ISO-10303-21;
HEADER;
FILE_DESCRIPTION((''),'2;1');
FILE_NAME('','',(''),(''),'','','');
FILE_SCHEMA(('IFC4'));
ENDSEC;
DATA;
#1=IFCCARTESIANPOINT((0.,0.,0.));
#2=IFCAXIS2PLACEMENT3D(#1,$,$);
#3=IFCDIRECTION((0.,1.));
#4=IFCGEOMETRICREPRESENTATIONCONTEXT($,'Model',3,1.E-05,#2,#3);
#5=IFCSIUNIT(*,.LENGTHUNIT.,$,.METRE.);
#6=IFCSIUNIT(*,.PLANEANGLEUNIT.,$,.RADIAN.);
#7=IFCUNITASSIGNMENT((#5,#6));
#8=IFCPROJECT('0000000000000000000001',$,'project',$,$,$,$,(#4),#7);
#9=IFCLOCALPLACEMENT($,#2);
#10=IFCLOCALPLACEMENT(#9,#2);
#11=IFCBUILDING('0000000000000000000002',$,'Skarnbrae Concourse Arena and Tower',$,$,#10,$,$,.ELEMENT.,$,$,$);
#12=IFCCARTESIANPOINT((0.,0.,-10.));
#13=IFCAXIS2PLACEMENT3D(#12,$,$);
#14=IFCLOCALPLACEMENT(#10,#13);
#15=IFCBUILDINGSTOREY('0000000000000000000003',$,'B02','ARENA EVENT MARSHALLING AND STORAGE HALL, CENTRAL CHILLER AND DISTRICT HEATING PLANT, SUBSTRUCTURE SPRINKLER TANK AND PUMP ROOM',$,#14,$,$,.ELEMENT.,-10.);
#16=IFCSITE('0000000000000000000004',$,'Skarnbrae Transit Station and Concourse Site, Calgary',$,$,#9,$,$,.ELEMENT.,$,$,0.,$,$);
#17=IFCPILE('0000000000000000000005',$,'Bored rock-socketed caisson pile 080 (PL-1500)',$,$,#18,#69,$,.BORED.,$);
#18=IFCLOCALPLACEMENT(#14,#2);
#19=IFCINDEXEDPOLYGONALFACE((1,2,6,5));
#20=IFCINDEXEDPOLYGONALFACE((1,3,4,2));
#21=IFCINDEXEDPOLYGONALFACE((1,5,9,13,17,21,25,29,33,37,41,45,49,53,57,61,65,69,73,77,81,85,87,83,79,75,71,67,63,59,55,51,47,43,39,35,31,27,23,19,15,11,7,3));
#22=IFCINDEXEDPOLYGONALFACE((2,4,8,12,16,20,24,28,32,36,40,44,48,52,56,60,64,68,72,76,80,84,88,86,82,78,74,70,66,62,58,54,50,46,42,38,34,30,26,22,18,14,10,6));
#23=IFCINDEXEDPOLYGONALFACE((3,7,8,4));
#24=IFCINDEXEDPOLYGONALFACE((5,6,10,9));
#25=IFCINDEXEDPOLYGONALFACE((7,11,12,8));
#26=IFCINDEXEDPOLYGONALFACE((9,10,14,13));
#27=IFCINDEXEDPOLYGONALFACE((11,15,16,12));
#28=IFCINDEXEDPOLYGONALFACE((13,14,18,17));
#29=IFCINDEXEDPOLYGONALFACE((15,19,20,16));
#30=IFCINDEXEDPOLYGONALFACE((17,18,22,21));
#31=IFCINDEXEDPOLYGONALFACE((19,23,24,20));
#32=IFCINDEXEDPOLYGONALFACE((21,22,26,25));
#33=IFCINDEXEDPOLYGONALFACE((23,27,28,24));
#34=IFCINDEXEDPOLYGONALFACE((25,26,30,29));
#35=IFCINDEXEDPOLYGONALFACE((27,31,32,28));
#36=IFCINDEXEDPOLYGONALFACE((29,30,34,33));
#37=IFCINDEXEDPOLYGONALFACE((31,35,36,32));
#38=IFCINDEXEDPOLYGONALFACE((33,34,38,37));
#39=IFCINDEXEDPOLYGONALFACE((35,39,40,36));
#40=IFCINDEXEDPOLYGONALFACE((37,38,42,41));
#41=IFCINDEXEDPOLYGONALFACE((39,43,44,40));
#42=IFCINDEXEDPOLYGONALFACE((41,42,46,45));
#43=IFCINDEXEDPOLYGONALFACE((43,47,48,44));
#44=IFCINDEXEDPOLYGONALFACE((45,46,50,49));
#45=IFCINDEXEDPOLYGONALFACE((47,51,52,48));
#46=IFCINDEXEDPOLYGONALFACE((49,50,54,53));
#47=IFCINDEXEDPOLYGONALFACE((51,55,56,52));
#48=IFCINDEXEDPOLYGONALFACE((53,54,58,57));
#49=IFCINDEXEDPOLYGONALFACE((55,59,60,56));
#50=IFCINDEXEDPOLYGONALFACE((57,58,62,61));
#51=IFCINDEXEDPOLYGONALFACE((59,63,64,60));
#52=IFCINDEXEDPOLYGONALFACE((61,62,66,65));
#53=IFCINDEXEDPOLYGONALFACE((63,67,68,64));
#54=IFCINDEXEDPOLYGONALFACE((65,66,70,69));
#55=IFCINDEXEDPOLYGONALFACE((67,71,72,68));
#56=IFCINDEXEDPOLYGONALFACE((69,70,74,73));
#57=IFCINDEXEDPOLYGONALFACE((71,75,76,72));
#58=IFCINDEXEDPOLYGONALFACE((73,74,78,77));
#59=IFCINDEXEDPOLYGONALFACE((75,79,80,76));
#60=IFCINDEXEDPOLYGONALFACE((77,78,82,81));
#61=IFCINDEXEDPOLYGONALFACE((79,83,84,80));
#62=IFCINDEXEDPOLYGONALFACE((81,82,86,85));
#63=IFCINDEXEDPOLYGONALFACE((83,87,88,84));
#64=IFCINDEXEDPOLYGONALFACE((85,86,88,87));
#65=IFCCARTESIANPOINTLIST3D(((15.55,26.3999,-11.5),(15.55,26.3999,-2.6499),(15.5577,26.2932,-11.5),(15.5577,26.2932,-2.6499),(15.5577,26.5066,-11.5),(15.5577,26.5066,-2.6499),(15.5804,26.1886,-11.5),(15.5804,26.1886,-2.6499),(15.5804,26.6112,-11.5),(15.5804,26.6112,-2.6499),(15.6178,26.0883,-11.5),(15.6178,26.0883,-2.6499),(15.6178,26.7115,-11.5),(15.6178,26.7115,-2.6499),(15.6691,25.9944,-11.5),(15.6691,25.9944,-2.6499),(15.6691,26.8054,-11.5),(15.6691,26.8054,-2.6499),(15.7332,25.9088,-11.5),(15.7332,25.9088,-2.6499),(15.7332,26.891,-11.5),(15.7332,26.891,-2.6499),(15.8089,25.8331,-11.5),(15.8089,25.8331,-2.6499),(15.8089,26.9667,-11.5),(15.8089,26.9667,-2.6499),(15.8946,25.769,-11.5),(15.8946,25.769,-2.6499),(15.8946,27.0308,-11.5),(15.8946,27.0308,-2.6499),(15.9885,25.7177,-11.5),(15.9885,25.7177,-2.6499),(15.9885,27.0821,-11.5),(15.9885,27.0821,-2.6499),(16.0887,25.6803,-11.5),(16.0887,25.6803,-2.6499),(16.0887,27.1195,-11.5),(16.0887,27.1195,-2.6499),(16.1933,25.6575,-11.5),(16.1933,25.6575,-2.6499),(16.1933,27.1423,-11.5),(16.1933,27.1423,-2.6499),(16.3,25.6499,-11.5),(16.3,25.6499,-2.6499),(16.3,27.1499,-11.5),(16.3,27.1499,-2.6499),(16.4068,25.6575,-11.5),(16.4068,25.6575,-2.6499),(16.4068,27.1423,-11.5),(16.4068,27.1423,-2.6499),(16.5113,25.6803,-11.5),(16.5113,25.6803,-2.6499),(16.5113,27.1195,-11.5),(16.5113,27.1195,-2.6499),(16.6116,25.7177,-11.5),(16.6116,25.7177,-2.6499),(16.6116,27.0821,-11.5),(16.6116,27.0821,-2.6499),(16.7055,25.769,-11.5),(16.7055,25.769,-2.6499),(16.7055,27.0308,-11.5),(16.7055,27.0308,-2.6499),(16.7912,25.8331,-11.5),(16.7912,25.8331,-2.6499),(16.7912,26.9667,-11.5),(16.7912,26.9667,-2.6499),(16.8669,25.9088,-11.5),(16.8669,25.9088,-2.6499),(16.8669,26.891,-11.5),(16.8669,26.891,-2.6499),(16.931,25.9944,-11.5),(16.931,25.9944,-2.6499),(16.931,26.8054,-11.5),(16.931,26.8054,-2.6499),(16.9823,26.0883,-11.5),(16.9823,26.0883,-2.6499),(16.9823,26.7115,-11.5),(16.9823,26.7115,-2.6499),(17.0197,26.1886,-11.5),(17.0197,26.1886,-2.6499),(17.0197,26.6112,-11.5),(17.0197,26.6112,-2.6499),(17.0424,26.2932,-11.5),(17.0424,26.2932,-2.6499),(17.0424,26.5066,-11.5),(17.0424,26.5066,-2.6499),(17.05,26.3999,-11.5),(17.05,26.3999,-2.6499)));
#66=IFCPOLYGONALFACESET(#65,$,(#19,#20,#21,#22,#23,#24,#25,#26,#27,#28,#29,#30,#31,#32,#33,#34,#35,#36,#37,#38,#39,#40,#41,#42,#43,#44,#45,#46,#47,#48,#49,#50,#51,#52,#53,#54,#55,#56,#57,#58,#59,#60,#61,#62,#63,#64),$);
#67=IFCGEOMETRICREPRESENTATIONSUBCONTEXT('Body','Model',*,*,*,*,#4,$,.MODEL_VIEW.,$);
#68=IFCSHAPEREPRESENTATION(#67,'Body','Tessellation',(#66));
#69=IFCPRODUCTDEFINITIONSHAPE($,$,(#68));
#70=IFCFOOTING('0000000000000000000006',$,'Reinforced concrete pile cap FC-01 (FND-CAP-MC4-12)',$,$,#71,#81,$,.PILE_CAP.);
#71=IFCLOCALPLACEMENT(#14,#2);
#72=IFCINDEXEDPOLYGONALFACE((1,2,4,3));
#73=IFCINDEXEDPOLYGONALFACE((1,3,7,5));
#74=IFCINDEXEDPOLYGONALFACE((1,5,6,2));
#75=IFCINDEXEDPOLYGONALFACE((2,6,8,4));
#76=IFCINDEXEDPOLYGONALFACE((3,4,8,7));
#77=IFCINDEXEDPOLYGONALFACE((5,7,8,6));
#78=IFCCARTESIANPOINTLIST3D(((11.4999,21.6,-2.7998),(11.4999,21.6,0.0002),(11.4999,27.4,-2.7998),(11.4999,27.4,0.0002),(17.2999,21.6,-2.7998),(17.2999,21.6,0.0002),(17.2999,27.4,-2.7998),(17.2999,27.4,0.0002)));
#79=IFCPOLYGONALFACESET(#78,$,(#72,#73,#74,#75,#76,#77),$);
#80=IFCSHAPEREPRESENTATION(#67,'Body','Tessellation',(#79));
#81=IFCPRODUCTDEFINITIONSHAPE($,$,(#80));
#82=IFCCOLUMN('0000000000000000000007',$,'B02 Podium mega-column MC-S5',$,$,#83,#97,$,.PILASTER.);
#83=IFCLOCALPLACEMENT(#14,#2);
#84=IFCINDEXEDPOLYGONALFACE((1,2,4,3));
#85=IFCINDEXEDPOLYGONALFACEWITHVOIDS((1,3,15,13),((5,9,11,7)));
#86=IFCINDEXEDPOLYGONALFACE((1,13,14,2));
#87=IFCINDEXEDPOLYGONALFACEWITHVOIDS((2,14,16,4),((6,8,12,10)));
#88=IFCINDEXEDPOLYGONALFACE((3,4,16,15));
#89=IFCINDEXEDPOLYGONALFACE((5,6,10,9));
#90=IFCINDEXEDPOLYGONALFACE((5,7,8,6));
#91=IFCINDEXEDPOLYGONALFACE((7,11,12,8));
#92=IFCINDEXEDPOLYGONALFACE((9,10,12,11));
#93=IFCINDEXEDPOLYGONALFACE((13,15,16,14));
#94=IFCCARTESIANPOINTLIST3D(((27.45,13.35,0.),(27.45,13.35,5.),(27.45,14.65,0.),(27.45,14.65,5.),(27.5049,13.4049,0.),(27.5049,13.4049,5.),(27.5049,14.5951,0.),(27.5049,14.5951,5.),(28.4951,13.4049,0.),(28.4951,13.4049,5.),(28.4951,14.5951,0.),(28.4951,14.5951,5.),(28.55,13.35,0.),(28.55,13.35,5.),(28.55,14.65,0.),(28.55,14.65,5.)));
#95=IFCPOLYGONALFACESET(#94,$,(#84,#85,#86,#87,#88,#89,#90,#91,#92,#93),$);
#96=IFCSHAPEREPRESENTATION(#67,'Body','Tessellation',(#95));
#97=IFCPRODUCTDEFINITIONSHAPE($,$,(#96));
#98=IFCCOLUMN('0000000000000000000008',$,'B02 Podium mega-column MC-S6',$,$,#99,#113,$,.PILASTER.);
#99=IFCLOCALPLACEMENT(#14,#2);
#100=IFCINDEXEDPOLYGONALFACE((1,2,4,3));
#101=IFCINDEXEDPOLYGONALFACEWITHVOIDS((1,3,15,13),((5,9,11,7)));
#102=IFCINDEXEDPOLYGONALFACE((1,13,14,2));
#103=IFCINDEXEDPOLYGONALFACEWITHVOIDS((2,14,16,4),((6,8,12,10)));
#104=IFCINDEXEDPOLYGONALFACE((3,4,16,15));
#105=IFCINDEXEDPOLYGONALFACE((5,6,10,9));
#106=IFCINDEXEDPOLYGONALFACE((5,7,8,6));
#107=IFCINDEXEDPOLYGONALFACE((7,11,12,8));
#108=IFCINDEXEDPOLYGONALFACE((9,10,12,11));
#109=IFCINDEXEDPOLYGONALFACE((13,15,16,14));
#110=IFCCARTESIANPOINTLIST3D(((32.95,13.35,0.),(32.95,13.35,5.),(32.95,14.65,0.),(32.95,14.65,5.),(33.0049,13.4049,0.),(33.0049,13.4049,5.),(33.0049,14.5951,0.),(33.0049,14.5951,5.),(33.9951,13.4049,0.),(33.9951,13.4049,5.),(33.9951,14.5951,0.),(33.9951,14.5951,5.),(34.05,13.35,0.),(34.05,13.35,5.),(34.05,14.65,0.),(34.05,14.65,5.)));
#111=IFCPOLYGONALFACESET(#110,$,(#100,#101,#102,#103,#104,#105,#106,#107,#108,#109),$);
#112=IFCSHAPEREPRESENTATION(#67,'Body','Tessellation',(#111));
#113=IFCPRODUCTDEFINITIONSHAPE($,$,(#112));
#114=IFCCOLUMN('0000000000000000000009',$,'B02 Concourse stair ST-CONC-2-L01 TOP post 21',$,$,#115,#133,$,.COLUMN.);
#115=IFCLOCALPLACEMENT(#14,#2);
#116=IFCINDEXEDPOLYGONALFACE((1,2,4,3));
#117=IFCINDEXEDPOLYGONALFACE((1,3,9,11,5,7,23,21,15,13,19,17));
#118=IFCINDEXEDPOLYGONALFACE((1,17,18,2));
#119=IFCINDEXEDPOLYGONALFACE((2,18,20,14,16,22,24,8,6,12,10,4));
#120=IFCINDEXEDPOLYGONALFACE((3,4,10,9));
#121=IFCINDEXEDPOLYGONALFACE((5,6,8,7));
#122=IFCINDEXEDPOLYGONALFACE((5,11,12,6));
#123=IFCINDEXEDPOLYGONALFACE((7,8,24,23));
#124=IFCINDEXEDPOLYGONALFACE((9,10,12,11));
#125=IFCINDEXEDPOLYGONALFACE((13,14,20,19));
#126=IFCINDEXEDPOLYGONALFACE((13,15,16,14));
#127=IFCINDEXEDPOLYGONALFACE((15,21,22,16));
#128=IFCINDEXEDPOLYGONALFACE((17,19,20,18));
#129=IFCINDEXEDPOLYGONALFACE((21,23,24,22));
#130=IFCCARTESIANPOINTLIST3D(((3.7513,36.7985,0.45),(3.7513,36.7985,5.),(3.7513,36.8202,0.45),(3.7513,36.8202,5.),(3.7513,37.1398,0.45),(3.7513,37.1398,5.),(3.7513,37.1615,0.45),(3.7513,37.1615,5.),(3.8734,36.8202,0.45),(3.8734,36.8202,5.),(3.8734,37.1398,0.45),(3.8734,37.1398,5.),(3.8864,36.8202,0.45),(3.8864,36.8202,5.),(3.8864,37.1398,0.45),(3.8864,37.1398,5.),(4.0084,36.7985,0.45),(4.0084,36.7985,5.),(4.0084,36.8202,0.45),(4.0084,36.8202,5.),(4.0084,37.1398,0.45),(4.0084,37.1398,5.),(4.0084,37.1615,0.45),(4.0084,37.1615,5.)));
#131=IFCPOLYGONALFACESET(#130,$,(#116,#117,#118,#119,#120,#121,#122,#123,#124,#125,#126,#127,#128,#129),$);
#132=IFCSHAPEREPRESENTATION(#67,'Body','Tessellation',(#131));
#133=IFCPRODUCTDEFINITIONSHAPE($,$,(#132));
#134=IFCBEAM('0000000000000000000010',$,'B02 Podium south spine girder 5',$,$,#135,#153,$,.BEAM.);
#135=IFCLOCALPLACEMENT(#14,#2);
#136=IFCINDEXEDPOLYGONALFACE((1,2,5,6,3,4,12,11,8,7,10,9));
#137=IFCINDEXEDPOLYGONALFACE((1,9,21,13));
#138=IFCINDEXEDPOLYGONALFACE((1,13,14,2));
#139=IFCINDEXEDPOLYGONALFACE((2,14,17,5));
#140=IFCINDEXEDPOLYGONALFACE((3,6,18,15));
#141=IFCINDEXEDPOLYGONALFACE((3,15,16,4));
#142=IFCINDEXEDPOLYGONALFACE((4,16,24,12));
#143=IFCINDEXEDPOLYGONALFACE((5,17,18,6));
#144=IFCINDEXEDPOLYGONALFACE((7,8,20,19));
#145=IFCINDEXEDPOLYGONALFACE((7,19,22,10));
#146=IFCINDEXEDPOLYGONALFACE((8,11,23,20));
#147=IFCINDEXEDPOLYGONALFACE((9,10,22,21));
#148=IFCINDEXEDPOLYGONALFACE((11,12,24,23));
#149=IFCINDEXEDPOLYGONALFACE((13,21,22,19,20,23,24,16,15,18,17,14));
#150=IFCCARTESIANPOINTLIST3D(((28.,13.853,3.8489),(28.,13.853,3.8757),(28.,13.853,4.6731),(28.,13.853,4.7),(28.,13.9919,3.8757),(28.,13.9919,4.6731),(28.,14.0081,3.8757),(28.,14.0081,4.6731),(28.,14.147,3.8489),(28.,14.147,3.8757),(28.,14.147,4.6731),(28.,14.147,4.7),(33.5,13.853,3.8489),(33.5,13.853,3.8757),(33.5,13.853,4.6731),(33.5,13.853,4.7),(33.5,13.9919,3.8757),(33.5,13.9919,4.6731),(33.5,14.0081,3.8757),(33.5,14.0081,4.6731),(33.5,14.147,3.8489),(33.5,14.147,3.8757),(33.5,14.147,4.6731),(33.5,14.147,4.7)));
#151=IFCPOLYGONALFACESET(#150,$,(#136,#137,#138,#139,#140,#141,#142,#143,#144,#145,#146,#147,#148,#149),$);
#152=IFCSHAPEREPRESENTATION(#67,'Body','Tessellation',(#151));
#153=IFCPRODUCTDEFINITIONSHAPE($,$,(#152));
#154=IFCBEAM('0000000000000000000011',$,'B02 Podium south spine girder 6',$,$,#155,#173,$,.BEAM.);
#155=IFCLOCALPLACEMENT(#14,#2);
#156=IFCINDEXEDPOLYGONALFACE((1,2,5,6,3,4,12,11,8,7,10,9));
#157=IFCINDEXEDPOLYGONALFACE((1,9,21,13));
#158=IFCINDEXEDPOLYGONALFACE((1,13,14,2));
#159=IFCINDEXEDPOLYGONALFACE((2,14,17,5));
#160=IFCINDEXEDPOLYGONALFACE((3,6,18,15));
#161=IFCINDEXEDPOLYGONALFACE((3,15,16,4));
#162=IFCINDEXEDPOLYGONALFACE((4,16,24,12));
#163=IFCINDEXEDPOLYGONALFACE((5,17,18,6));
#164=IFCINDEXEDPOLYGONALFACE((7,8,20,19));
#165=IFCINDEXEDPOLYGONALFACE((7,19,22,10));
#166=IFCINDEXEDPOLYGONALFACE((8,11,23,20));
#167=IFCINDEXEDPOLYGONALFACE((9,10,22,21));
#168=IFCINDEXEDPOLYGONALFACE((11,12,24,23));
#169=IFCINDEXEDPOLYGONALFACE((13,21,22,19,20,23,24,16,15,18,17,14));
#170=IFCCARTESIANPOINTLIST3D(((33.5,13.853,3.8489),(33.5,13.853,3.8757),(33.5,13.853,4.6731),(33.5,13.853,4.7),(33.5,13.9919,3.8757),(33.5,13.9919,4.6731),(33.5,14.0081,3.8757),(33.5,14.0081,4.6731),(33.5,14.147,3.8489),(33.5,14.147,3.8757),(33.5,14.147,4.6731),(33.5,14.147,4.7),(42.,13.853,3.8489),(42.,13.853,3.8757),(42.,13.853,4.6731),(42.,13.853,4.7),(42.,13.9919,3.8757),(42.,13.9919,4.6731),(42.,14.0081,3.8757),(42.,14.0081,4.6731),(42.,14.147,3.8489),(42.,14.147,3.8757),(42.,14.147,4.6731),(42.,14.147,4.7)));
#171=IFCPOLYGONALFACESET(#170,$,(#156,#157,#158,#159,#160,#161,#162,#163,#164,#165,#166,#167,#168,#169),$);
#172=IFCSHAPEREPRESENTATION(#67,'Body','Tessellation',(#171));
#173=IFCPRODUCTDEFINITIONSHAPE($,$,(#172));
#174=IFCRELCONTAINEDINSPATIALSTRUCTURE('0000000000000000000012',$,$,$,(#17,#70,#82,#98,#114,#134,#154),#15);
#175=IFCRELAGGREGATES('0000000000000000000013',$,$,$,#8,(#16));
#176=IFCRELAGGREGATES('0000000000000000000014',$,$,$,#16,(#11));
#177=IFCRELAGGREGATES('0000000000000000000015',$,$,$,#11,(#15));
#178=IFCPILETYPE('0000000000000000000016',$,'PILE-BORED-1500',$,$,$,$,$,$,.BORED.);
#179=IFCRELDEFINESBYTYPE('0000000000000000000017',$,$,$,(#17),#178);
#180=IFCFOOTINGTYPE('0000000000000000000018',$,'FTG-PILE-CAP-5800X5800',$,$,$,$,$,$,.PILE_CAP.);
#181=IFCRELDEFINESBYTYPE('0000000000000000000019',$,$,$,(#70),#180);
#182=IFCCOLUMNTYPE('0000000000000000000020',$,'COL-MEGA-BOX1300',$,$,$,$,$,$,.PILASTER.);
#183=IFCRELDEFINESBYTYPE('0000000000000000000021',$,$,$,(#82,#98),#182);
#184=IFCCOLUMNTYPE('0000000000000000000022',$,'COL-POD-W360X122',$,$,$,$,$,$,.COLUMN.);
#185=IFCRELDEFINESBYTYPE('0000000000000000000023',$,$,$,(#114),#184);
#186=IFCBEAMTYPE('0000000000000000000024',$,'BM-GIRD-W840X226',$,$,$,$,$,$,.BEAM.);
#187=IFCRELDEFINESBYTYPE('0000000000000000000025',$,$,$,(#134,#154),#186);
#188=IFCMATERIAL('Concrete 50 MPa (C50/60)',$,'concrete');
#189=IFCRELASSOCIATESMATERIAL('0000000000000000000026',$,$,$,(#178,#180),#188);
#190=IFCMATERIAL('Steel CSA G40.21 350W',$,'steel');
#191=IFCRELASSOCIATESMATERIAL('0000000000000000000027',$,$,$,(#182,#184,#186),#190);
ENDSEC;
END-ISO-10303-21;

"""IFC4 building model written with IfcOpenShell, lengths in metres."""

from ifc_helpers import new_model, si_unit, direction, frame, origin, origin_2d, place, context, subcontext, project, spatial, rectangle, hollow_rectangle, circle, i_section, extrude, source, transform, mapped, material, material_profile, profile_set, type_object, element, save


model = new_model("IFC4")

# Units and contexts
model_context = context("Model", 3, precision=1e-05, world=origin(), true_north=direction((0.0, 1.0)))
body_context = subcontext(model_context, "Body", "Model", "MODEL_VIEW")
ifc_project = project(units=[si_unit("LENGTHUNIT", "METRE"), si_unit("PLANEANGLEUNIT", "RADIAN")], contexts=[model_context])

# Site, building, storey
site_placement = place(None, origin())
site = spatial("IfcSite", under=ifc_project, at=site_placement, Name="Skarnbrae Transit Station and Concourse Site, Calgary", CompositionType="ELEMENT", RefElevation=0.0)
building_placement = place(site_placement, origin())
building = spatial("IfcBuilding", under=site, at=building_placement, Name="Skarnbrae Concourse Arena and Tower", CompositionType="ELEMENT")
storey_placement = place(building_placement, frame((0.0, 0.0, -10.0)))
storey = spatial("IfcBuildingStorey", under=building, at=storey_placement, Name="B02", Description="ARENA EVENT MARSHALLING AND STORAGE HALL, CENTRAL CHILLER AND DISTRICT HEATING PLANT, SUBSTRUCTURE SPRINKLER TANK AND PUMP ROOM", CompositionType="ELEMENT", Elevation=-10.0)

# Pile
ifc_material_1 = material(Name="Concrete 50 MPa (C50/60)", Category="concrete")
ifc_material_profile_1 = material_profile(ifc_material_1, circle(Radius=0.75, at=origin_2d()), Name="CAISSON-1500")
ifc_profile_set_1 = profile_set([ifc_material_profile_1], Name="Concrete 50 MPa (C50/60)")
pile_type = type_object("IfcPileType", Name="PILE-BORED-1500", PredefinedType="BORED", material=ifc_profile_set_1)
shared_shape_1 = source(origin(), body_context, "Body", "SweptSolid", [
    extrude(circle(Radius=0.75, at=origin_2d()), origin(), (0.0, 0.0, 1.0), 8.8501),
])
for number, where, z_axis, x_axis, name in (
    (1, (16.3, 26.3999, -2.6499), (0.0, 0.0, -1.0), (1.0, 0.0, 0.0), "Bored rock-socketed caisson pile 080 (PL-1500)"),
):
    element("IfcPile", number, at=place(storey_placement, frame(where, z_axis=z_axis, x_axis=x_axis)), inside=storey, type_object=pile_type, Name=name, PredefinedType="BORED", context=body_context, shape_type="MappedRepresentation", body=[
        mapped(shared_shape_1, transform((0.0, 0.0, 0.0))),
    ])

# Footing
footing_type = type_object("IfcFootingType", Name="FTG-PILE-CAP-5800X5800", PredefinedType="PILE_CAP", material=ifc_material_1)
shared_shape_2 = source(origin(), body_context, "Body", "SweptSolid", [
    extrude(rectangle(XDim=5.8, YDim=5.8, at=origin_2d()), origin(), (0.0, 0.0, 1.0), 2.8),
])
footing_placement = place(storey_placement, frame((14.3999, 24.5, -2.7998), z_axis=(0.0, 0.0, 1.0), x_axis=(1.0, 0.0, 0.0)))
element("IfcFooting", 2, at=footing_placement, inside=storey, type_object=footing_type, Name="Reinforced concrete pile cap FC-01 (FND-CAP-MC4-12)", PredefinedType="PILE_CAP", context=body_context, shape_type="MappedRepresentation", body=[
    mapped(shared_shape_2, transform((0.0, 0.0, 0.0))),
])

# Columns
ifc_material_2 = material(Name="Steel CSA G40.21 350W", Category="steel")
ifc_material_profile_2 = material_profile(ifc_material_2, hollow_rectangle(XDim=1.1001, YDim=1.3, WallThickness=0.0549, at=origin_2d()), Name="BOX1300X1100X55")
ifc_profile_set_2 = profile_set([ifc_material_profile_2], Name="Steel CSA G40.21 350W")
column_type_1 = type_object("IfcColumnType", Name="COL-MEGA-BOX1300", PredefinedType="PILASTER", material=ifc_profile_set_2)
shared_shape_3 = source(origin(), body_context, "Body", "SweptSolid", [
    extrude(hollow_rectangle(XDim=1.1001, YDim=1.3, WallThickness=0.0549, at=origin_2d()), origin(), (0.0, 0.0, 1.0), 5.0),
])
for number, where, z_axis, x_axis, name in (
    (3, (28.0, 14.0, 0.0), (0.0, 0.0, 1.0), (1.0, 0.0, 0.0), "B02 Podium mega-column MC-S5"),
    (4, (33.5, 14.0, 0.0), (0.0, 0.0, 1.0), (1.0, 0.0, 0.0), "B02 Podium mega-column MC-S6"),
):
    element("IfcColumn", number, at=place(storey_placement, frame(where, z_axis=z_axis, x_axis=x_axis)), inside=storey, type_object=column_type_1, Name=name, PredefinedType="PILASTER", context=body_context, shape_type="MappedRepresentation", body=[
        mapped(shared_shape_3, transform((0.0, 0.0, 0.0))),
    ])
ifc_material_profile_3 = material_profile(ifc_material_2, i_section(OverallWidth=0.2571, OverallDepth=0.363, WebThickness=0.0129, FlangeThickness=0.0217, at=origin_2d()), Name="W360X122")
ifc_profile_set_3 = profile_set([ifc_material_profile_3], Name="Steel CSA G40.21 350W")
column_type_2 = type_object("IfcColumnType", Name="COL-POD-W360X122", PredefinedType="COLUMN", material=ifc_profile_set_3)
shared_shape_4 = source(origin(), body_context, "Body", "SweptSolid", [
    extrude(i_section(OverallWidth=0.2571, OverallDepth=0.363, WebThickness=0.0129, FlangeThickness=0.0217, at=origin_2d()), origin(), (0.0, 0.0, 1.0), 4.55),
])
column_placement = place(storey_placement, frame((3.8799, 36.98, 0.45), z_axis=(0.0, 0.0, 1.0), x_axis=(1.0, 0.0, 0.0)))
element("IfcColumn", 5, at=column_placement, inside=storey, type_object=column_type_2, Name="B02 Concourse stair ST-CONC-2-L01 TOP post 21", PredefinedType="COLUMN", context=body_context, shape_type="MappedRepresentation", body=[
    mapped(shared_shape_4, transform((0.0, 0.0, 0.0))),
])

# Beams
ifc_material_profile_4 = material_profile(ifc_material_2, i_section(OverallWidth=0.2939, OverallDepth=0.8511, WebThickness=0.0161, FlangeThickness=0.0269, at=origin_2d()), Name="W840X226")
ifc_profile_set_4 = profile_set([ifc_material_profile_4], Name="Steel CSA G40.21 350W")
beam_type_1 = type_object("IfcBeamType", Name="BM-GIRD-W840X226", PredefinedType="BEAM", material=ifc_profile_set_4)
shared_shape_5 = source(origin(), body_context, "Body", "SweptSolid", [
    extrude(i_section(OverallWidth=0.2939, OverallDepth=0.8511, WebThickness=0.0161, FlangeThickness=0.0269, at=origin_2d()), origin(), (0.0, 0.0, 1.0), 5.5),
])
beam_1_placement = place(storey_placement, frame((28.0, 14.0, 4.2744), z_axis=(1.0, 0.0, 0.0), x_axis=(0.0, 1.0, 0.0)))
element("IfcBeam", 6, at=beam_1_placement, inside=storey, type_object=beam_type_1, Name="B02 Podium south spine girder 5", PredefinedType="BEAM", context=body_context, shape_type="MappedRepresentation", body=[
    mapped(shared_shape_5, transform((0.0, 0.0, 0.0))),
])
shared_shape_6 = source(origin(), body_context, "Body", "SweptSolid", [
    extrude(i_section(OverallWidth=0.2939, OverallDepth=0.8511, WebThickness=0.0161, FlangeThickness=0.0269, at=origin_2d()), origin(), (0.0, 0.0, 1.0), 8.5),
])
beam_2_placement = place(storey_placement, frame((33.5, 14.0, 4.2744), z_axis=(1.0, 0.0, 0.0), x_axis=(0.0, 1.0, 0.0)))
element("IfcBeam", 7, at=beam_2_placement, inside=storey, type_object=beam_type_1, Name="B02 Podium south spine girder 6", PredefinedType="BEAM", context=body_context, shape_type="MappedRepresentation", body=[
    mapped(shared_shape_6, transform((0.0, 0.0, 0.0))),
])

save(model, "model.ifc")
